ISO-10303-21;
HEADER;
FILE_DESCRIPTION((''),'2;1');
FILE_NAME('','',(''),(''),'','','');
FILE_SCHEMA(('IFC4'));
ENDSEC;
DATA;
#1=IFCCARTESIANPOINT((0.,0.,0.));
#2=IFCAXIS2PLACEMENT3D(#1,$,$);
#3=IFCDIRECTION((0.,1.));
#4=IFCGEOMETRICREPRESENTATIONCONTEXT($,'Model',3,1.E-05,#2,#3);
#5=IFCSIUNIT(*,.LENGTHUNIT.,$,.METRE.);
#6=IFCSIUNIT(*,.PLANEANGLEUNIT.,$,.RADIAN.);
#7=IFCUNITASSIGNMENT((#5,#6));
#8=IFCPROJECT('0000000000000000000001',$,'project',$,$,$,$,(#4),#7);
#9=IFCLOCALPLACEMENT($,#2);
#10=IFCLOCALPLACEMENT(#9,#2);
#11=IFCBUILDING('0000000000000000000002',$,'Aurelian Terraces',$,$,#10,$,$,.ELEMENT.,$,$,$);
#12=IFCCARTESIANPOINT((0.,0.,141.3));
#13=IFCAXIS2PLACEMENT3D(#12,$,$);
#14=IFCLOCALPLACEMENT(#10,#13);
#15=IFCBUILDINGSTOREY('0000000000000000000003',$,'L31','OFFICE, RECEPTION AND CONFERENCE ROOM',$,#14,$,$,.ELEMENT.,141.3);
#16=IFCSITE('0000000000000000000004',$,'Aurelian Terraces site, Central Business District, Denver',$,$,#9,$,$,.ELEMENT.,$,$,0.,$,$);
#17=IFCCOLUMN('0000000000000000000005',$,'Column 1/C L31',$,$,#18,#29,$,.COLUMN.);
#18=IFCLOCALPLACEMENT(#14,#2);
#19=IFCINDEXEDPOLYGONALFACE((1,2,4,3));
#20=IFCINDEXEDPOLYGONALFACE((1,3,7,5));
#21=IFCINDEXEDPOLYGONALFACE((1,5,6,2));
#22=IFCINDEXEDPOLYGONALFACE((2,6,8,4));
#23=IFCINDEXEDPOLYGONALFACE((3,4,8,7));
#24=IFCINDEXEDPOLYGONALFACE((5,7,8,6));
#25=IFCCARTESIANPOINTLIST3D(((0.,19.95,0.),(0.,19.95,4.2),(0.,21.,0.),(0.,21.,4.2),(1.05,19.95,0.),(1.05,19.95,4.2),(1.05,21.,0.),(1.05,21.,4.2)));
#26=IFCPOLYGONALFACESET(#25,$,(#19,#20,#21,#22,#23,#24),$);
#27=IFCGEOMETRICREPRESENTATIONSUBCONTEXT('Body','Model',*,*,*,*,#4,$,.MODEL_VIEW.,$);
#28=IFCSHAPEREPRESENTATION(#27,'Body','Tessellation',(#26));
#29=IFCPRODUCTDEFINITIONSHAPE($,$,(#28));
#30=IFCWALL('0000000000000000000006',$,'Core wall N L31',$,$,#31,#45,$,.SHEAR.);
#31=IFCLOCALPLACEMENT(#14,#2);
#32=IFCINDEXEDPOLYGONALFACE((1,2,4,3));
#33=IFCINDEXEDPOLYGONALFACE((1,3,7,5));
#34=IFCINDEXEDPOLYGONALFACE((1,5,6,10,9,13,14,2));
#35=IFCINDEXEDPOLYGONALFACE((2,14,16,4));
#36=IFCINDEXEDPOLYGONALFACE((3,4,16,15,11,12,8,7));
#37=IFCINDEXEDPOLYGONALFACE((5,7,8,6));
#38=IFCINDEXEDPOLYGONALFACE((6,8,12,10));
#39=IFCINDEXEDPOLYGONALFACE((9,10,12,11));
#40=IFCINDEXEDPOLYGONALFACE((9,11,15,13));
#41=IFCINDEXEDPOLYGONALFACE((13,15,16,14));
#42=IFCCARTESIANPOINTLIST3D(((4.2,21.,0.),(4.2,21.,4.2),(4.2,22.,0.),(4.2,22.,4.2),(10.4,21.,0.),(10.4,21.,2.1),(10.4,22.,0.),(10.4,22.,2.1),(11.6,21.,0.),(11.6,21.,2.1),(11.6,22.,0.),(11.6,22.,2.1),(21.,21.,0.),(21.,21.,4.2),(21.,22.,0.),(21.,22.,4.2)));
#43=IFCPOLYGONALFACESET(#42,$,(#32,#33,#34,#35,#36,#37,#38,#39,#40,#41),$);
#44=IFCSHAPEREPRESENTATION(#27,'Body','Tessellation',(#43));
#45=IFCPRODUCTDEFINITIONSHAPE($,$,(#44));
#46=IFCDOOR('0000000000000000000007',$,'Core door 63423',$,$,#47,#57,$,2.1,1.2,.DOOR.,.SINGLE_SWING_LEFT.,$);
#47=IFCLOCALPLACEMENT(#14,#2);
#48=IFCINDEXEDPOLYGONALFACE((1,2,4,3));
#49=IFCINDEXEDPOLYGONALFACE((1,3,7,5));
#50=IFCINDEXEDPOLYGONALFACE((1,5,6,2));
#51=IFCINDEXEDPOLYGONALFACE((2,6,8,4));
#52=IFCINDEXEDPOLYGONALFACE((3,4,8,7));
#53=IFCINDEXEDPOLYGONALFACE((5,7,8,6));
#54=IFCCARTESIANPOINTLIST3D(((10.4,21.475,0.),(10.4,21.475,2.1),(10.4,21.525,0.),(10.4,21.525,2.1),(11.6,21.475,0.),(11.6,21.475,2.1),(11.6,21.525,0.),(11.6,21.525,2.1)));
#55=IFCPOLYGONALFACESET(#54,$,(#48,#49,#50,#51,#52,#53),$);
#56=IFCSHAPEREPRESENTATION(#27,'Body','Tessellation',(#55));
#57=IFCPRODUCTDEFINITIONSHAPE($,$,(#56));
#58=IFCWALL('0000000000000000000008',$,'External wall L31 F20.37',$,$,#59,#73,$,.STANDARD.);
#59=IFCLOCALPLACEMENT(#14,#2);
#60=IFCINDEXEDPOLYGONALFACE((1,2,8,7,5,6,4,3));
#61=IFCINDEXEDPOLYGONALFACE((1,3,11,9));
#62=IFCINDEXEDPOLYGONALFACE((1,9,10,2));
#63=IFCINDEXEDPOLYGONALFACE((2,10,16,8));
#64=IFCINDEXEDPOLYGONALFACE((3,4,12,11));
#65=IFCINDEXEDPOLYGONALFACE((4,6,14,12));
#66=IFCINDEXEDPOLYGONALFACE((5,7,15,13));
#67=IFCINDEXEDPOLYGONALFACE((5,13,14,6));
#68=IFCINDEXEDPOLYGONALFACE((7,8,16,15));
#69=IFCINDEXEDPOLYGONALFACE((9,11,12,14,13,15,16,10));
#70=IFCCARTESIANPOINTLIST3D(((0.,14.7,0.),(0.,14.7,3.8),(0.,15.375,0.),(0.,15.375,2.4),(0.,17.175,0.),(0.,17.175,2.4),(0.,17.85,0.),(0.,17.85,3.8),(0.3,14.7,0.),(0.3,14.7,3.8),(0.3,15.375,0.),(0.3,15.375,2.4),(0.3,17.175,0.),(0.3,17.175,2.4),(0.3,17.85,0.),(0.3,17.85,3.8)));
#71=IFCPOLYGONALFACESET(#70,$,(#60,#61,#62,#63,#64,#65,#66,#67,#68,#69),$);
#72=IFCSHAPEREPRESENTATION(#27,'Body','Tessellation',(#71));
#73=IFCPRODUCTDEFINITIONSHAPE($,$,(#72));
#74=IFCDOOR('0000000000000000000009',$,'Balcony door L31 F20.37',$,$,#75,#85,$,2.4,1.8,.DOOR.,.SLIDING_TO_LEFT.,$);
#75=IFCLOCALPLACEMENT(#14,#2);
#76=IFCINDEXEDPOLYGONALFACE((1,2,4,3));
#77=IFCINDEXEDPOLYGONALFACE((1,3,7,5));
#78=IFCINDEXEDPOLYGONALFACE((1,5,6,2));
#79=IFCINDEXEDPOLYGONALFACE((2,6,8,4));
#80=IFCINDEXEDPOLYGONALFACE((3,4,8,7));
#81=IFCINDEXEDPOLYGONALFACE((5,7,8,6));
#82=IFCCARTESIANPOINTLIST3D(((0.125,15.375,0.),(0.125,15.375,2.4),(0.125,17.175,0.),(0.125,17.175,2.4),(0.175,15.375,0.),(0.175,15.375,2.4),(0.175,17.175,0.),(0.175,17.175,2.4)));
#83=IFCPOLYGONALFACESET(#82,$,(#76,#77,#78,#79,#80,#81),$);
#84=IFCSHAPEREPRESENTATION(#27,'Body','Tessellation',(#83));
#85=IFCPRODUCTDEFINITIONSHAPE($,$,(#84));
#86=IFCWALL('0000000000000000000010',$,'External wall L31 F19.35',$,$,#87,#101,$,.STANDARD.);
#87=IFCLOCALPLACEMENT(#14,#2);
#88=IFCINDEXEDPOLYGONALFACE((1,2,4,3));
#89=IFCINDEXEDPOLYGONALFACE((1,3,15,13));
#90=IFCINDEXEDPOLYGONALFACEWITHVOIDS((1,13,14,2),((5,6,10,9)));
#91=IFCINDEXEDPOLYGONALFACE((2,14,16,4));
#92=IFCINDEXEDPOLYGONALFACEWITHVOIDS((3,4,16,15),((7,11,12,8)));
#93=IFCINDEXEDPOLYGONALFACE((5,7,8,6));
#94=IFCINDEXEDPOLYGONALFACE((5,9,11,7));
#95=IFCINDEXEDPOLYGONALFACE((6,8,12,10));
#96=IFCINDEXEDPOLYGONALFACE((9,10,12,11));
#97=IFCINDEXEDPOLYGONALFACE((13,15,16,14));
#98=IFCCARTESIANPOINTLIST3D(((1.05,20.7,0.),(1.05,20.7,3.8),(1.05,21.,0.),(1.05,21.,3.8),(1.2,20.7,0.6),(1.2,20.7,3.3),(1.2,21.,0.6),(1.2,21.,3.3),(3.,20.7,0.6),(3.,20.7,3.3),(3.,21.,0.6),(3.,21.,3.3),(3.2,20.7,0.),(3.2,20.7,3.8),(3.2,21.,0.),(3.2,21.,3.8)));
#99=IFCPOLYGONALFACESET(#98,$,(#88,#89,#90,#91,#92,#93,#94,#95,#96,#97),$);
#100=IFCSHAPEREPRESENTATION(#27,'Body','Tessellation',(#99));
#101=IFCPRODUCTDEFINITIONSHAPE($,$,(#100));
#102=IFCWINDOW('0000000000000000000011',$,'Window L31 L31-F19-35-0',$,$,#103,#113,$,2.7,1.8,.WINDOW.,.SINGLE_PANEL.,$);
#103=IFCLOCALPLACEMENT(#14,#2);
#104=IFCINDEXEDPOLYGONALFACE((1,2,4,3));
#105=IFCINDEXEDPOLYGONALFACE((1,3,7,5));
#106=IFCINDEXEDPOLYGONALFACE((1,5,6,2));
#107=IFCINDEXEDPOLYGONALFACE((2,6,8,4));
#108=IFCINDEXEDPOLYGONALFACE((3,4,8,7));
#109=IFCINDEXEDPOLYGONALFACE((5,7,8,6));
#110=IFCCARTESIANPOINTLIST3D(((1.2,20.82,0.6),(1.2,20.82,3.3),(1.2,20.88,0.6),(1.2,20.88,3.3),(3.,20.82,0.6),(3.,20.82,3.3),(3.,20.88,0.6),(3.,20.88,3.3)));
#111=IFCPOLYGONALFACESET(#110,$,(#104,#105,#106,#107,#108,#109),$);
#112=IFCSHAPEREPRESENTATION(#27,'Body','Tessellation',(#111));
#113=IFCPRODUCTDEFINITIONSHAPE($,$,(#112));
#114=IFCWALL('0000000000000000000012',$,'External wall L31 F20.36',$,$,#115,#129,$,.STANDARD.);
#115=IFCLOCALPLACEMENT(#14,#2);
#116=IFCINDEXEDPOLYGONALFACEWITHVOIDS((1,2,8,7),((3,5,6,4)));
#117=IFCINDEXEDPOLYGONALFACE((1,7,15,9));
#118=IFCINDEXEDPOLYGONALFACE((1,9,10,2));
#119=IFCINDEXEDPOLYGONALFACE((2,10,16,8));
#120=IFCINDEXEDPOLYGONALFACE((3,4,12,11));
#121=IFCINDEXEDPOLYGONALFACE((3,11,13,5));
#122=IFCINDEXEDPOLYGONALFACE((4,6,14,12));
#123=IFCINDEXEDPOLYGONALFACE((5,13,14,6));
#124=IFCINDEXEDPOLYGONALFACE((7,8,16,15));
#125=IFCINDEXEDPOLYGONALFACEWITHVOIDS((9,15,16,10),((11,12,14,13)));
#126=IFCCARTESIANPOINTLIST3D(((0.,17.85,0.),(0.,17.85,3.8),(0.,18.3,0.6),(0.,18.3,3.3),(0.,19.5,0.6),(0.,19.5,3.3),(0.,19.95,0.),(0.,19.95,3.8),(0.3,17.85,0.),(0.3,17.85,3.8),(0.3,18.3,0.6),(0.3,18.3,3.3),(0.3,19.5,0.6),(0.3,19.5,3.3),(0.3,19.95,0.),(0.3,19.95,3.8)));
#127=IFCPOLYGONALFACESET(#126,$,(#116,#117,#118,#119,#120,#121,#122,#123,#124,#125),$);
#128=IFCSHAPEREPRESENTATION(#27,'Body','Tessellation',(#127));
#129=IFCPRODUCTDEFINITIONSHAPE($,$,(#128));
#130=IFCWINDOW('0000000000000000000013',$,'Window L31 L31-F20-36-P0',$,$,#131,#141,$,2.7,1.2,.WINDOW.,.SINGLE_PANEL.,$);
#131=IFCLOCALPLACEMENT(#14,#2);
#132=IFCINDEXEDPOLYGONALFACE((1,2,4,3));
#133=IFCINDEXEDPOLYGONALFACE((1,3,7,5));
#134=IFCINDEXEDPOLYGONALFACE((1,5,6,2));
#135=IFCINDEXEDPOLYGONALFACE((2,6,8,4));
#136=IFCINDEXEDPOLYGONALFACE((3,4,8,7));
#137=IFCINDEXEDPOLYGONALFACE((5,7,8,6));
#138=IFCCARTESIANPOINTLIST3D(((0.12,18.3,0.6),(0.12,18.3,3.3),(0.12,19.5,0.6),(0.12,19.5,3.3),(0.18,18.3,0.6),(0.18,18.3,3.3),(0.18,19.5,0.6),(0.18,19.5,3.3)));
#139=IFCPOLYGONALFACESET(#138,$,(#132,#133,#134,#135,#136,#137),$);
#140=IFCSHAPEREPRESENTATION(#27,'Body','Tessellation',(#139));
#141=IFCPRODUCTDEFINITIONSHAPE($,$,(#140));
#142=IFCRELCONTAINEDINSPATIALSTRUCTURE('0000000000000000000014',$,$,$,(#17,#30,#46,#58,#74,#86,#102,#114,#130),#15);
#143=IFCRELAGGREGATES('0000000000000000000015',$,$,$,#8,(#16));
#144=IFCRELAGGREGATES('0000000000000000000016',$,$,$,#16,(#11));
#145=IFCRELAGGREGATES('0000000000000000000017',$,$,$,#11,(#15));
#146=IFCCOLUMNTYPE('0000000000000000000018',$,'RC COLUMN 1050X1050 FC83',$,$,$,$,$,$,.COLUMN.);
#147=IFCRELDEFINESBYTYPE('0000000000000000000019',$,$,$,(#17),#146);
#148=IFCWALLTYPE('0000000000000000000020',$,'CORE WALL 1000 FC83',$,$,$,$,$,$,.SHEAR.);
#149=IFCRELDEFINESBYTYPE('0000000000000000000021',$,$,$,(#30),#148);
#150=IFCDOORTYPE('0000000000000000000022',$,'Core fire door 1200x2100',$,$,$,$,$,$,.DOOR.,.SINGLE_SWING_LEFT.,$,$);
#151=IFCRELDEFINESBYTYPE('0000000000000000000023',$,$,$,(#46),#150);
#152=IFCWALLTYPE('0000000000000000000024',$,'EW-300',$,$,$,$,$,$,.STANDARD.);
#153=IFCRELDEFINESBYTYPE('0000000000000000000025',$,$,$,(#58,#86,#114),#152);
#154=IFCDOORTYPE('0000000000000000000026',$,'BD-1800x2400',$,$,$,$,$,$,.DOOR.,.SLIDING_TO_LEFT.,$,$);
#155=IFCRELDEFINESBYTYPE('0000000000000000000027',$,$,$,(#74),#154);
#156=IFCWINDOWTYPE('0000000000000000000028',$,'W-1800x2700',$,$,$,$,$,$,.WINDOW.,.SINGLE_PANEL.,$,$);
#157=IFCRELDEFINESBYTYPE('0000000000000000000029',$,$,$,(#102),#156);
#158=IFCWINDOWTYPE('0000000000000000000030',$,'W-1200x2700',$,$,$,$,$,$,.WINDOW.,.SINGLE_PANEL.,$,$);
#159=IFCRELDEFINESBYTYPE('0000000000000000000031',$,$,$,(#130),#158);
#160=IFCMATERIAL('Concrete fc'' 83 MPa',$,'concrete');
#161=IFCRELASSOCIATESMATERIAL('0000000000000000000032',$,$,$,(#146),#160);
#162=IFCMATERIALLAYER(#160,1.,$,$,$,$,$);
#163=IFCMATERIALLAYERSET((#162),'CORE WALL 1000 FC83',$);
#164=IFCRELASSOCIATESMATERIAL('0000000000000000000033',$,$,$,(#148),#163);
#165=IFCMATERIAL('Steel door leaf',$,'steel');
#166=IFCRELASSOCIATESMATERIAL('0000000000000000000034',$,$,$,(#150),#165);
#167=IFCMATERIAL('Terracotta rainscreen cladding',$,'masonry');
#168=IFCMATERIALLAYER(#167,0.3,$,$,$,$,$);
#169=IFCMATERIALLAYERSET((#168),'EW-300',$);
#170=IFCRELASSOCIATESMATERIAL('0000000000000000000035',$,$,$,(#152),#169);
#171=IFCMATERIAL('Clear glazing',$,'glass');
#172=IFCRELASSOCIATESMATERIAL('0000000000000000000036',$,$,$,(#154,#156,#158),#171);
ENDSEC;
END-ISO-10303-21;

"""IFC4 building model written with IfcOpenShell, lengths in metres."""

from ifc_helpers import new_model, si_unit, direction, frame, frame_2d, origin, origin_2d, place, context, subcontext, project, spatial, rectangle, extrude, source, transform, mapped, material, layer, layer_set, material_profile, profile_set, type_object, element, fill, save


model = new_model("IFC4")

# Units and contexts
model_context = context("Model", 3, precision=1e-05, world=origin(), true_north=direction((0.0, 1.0)))
body_context = subcontext(model_context, "Body", "Model", "MODEL_VIEW")
ifc_project = project(units=[si_unit("LENGTHUNIT", "METRE"), si_unit("PLANEANGLEUNIT", "RADIAN")], contexts=[model_context])

# Site, building, storey
site_placement = place(None, origin())
site = spatial("IfcSite", under=ifc_project, at=site_placement, Name="Aurelian Terraces site, Central Business District, Denver", CompositionType="ELEMENT", RefElevation=0.0)
building_placement = place(site_placement, origin())
building = spatial("IfcBuilding", under=site, at=building_placement, Name="Aurelian Terraces", CompositionType="ELEMENT")
storey_placement = place(building_placement, frame((0.0, 0.0, 141.3)))
storey = spatial("IfcBuildingStorey", under=building, at=storey_placement, Name="L31", Description="OFFICE, RECEPTION AND CONFERENCE ROOM", CompositionType="ELEMENT", Elevation=141.3)

# Column
ifc_material_1 = material(Name="Concrete fc' 83 MPa", Category="concrete")
ifc_material_profile = material_profile(ifc_material_1, rectangle(XDim=1.05, YDim=1.05, at=origin_2d()))
ifc_profile_set = profile_set([ifc_material_profile], Name="Concrete fc' 83 MPa")
column_type = type_object("IfcColumnType", Name="RC COLUMN 1050X1050 FC83", PredefinedType="COLUMN", material=ifc_profile_set)
shared_shape_1 = source(origin(), body_context, "Body", "SweptSolid", [
    extrude(rectangle(XDim=1.05, YDim=1.05, at=origin_2d()), origin(), (0.0, 0.0, 1.0), 4.2),
])
column_placement = place(storey_placement, frame((0.525, 20.475, 0.0), z_axis=(0.0, 0.0, 1.0), x_axis=(1.0, 0.0, 0.0)))
element("IfcColumn", 1, at=column_placement, inside=storey, type_object=column_type, Name="Column 1/C L31", PredefinedType="COLUMN", context=body_context, shape_type="MappedRepresentation", body=[
    mapped(shared_shape_1, transform((0.0, 0.0, 0.0), scale=1.0)),
])

# Walls, openings, doors
ifc_layer_1 = layer(ifc_material_1, 1.0)
ifc_layer_set_1 = layer_set([ifc_layer_1], Name="CORE WALL 1000 FC83")
wall_type_1 = type_object("IfcWallType", Name="CORE WALL 1000 FC83", PredefinedType="SHEAR", material=ifc_layer_set_1)
shared_shape_2 = source(origin(), body_context, "Body", "SweptSolid", [
    extrude(rectangle(XDim=16.8, YDim=1.0, at=frame_2d((8.4, 0.0))), origin(), (0.0, 0.0, 1.0), 4.2),
])
wall_1_placement = place(storey_placement, frame((4.2, 21.5, 0.0), z_axis=(0.0, 0.0, 1.0), x_axis=(1.0, 0.0, 0.0)))
wall_1 = element("IfcWall", 2, at=wall_1_placement, inside=storey, type_object=wall_type_1, Name="Core wall N L31", PredefinedType="SHEAR", context=body_context, shape_type="MappedRepresentation", body=[
    mapped(shared_shape_2, transform((0.0, 0.0, 0.0), scale=1.0)),
])
shared_shape_3 = source(origin(), body_context, "Body", "SweptSolid", [
    extrude(rectangle(XDim=1.2, YDim=2.1, at=frame_2d((0.6, 1.05))), frame((0.0, 0.51, 0.0), z_axis=(0.0, -1.0, 0.0), x_axis=(1.0, 0.0, 0.0)), (0.0, 0.0, 1.0), 1.02),
])
opening_1_placement = place(wall_1_placement, frame((6.2, 0.0, 0.0)))
opening_1 = element("IfcOpeningElement", 3, at=opening_1_placement, cuts=wall_1, PredefinedType="OPENING", context=body_context, shape_type="MappedRepresentation", body=[
    mapped(shared_shape_3, transform((0.0, 0.0, 0.0), scale=1.0)),
])
ifc_material_2 = material(Name="Steel door leaf", Category="steel")
door_type_1 = type_object("IfcDoorType", Name="Core fire door 1200x2100", OperationType="SINGLE_SWING_LEFT", PredefinedType="DOOR", material=ifc_material_2)
shared_shape_4 = source(origin(), body_context, "Body", "SweptSolid", [
    extrude(rectangle(XDim=1.2, YDim=2.1, at=frame_2d((0.6, 1.05))), frame((0.0, 0.025, 0.0), z_axis=(0.0, -1.0, 0.0), x_axis=(1.0, 0.0, 0.0)), (0.0, 0.0, 1.0), 0.05),
])
door_1_placement = place(opening_1_placement, origin())
door_1 = element("IfcDoor", 4, at=door_1_placement, inside=storey, type_object=door_type_1, Name="Core door 63423", OperationType="SINGLE_SWING_LEFT", OverallHeight=2.1, OverallWidth=1.2, PredefinedType="DOOR", context=body_context, shape_type="MappedRepresentation", body=[
    mapped(shared_shape_4, transform((0.0, 0.0, 0.0), scale=1.0)),
])
fill(opening_1, door_1)
ifc_material_3 = material(Name="Terracotta rainscreen cladding", Category="masonry")
ifc_layer_2 = layer(ifc_material_3, 0.3)
ifc_layer_set_2 = layer_set([ifc_layer_2], Name="EW-300")
wall_type_2 = type_object("IfcWallType", Name="EW-300", PredefinedType="STANDARD", material=ifc_layer_set_2)
shared_shape_5 = source(origin(), body_context, "Body", "SweptSolid", [
    extrude(rectangle(XDim=3.15, YDim=0.3, at=frame_2d((1.575, 0.0))), origin(), (0.0, 0.0, 1.0), 3.8),
])
wall_2_placement = place(storey_placement, frame((0.15, 17.85, 0.0), z_axis=(0.0, 0.0, 1.0), x_axis=(0.0, -1.0, 0.0)))
wall_2 = element("IfcWall", 5, at=wall_2_placement, inside=storey, type_object=wall_type_2, Name="External wall L31 F20.37", PredefinedType="STANDARD", context=body_context, shape_type="MappedRepresentation", body=[
    mapped(shared_shape_5, transform((0.0, 0.0, 0.0), scale=1.0)),
])
shared_shape_6 = source(origin(), body_context, "Body", "SweptSolid", [
    extrude(rectangle(XDim=1.8, YDim=2.4, at=frame_2d((0.9, 1.2))), frame((0.0, 0.16, 0.0), z_axis=(0.0, -1.0, 0.0), x_axis=(1.0, 0.0, 0.0)), (0.0, 0.0, 1.0), 0.32),
])
opening_2_placement = place(wall_2_placement, frame((0.675, 0.0, 0.0)))
opening_2 = element("IfcOpeningElement", 6, at=opening_2_placement, cuts=wall_2, PredefinedType="OPENING", context=body_context, shape_type="MappedRepresentation", body=[
    mapped(shared_shape_6, transform((0.0, 0.0, 0.0), scale=1.0)),
])
ifc_material_4 = material(Name="Clear glazing", Category="glass")
door_type_2 = type_object("IfcDoorType", Name="BD-1800x2400", OperationType="SLIDING_TO_LEFT", PredefinedType="DOOR", material=ifc_material_4)
shared_shape_7 = source(origin(), body_context, "Body", "SweptSolid", [
    extrude(rectangle(XDim=1.8, YDim=2.4, at=frame_2d((0.9, 1.2))), frame((0.0, 0.025, 0.0), z_axis=(0.0, -1.0, 0.0), x_axis=(1.0, 0.0, 0.0)), (0.0, 0.0, 1.0), 0.05),
])
door_2_placement = place(opening_2_placement, origin())
door_2 = element("IfcDoor", 7, at=door_2_placement, inside=storey, type_object=door_type_2, Name="Balcony door L31 F20.37", OperationType="SLIDING_TO_LEFT", OverallHeight=2.4, OverallWidth=1.8, PredefinedType="DOOR", context=body_context, shape_type="MappedRepresentation", body=[
    mapped(shared_shape_7, transform((0.0, 0.0, 0.0), scale=1.0)),
])
fill(opening_2, door_2)

# Walls, openings, windows
shared_shape_8 = source(origin(), body_context, "Body", "SweptSolid", [
    extrude(rectangle(XDim=2.15, YDim=0.3, at=frame_2d((1.075, 0.0))), origin(), (0.0, 0.0, 1.0), 3.8),
])
wall_3_placement = place(storey_placement, frame((3.2, 20.85, 0.0), z_axis=(0.0, 0.0, 1.0), x_axis=(-1.0, 0.0, 0.0)))
wall_3 = element("IfcWall", 8, at=wall_3_placement, inside=storey, type_object=wall_type_2, Name="External wall L31 F19.35", PredefinedType="STANDARD", context=body_context, shape_type="MappedRepresentation", body=[
    mapped(shared_shape_8, transform((0.0, 0.0, 0.0), scale=1.0)),
])
shared_shape_9 = source(origin(), body_context, "Body", "SweptSolid", [
    extrude(rectangle(XDim=1.8, YDim=2.7, at=frame_2d((0.9, 1.35))), frame((0.0, 0.16, 0.0), z_axis=(0.0, -1.0, 0.0), x_axis=(1.0, 0.0, 0.0)), (0.0, 0.0, 1.0), 0.32),
])
opening_3_placement = place(wall_3_placement, frame((0.2, 0.0, 0.6)))
opening_3 = element("IfcOpeningElement", 9, at=opening_3_placement, cuts=wall_3, PredefinedType="OPENING", context=body_context, shape_type="MappedRepresentation", body=[
    mapped(shared_shape_9, transform((0.0, 0.0, 0.0), scale=1.0)),
])
window_type_1 = type_object("IfcWindowType", Name="W-1800x2700", PartitioningType="SINGLE_PANEL", PredefinedType="WINDOW", material=ifc_material_4)
shared_shape_10 = source(origin(), body_context, "Body", "SweptSolid", [
    extrude(rectangle(XDim=1.8, YDim=2.7, at=frame_2d((0.9, 1.35))), frame((0.0, 0.03, 0.0), z_axis=(0.0, -1.0, 0.0), x_axis=(1.0, 0.0, 0.0)), (0.0, 0.0, 1.0), 0.06),
])
window_1_placement = place(opening_3_placement, origin())
window_1 = element("IfcWindow", 10, at=window_1_placement, inside=storey, type_object=window_type_1, Name="Window L31 L31-F19-35-0", OverallHeight=2.7, OverallWidth=1.8, PartitioningType="SINGLE_PANEL", PredefinedType="WINDOW", context=body_context, shape_type="MappedRepresentation", body=[
    mapped(shared_shape_10, transform((0.0, 0.0, 0.0), scale=1.0)),
])
fill(opening_3, window_1)
shared_shape_11 = source(origin(), body_context, "Body", "SweptSolid", [
    extrude(rectangle(XDim=2.1, YDim=0.3, at=frame_2d((1.05, 0.0))), origin(), (0.0, 0.0, 1.0), 3.8),
])
wall_4_placement = place(storey_placement, frame((0.15, 19.95, 0.0), z_axis=(0.0, 0.0, 1.0), x_axis=(0.0, -1.0, 0.0)))
wall_4 = element("IfcWall", 11, at=wall_4_placement, inside=storey, type_object=wall_type_2, Name="External wall L31 F20.36", PredefinedType="STANDARD", context=body_context, shape_type="MappedRepresentation", body=[
    mapped(shared_shape_11, transform((0.0, 0.0, 0.0), scale=1.0)),
])
shared_shape_12 = source(origin(), body_context, "Body", "SweptSolid", [
    extrude(rectangle(XDim=1.2, YDim=2.7, at=frame_2d((0.6, 1.35))), frame((0.0, 0.16, 0.0), z_axis=(0.0, -1.0, 0.0), x_axis=(1.0, 0.0, 0.0)), (0.0, 0.0, 1.0), 0.32),
])
opening_4_placement = place(wall_4_placement, frame((0.45, 0.0, 0.6)))
opening_4 = element("IfcOpeningElement", 12, at=opening_4_placement, cuts=wall_4, PredefinedType="OPENING", context=body_context, shape_type="MappedRepresentation", body=[
    mapped(shared_shape_12, transform((0.0, 0.0, 0.0), scale=1.0)),
])
window_type_2 = type_object("IfcWindowType", Name="W-1200x2700", PartitioningType="SINGLE_PANEL", PredefinedType="WINDOW", material=ifc_material_4)
shared_shape_13 = source(origin(), body_context, "Body", "SweptSolid", [
    extrude(rectangle(XDim=1.2, YDim=2.7, at=frame_2d((0.6, 1.35))), frame((0.0, 0.03, 0.0), z_axis=(0.0, -1.0, 0.0), x_axis=(1.0, 0.0, 0.0)), (0.0, 0.0, 1.0), 0.06),
])
window_2_placement = place(opening_4_placement, origin())
window_2 = element("IfcWindow", 13, at=window_2_placement, inside=storey, type_object=window_type_2, Name="Window L31 L31-F20-36-P0", OverallHeight=2.7, OverallWidth=1.2, PartitioningType="SINGLE_PANEL", PredefinedType="WINDOW", context=body_context, shape_type="MappedRepresentation", body=[
    mapped(shared_shape_13, transform((0.0, 0.0, 0.0), scale=1.0)),
])
fill(opening_4, window_2)

save(model, "model.ifc")
